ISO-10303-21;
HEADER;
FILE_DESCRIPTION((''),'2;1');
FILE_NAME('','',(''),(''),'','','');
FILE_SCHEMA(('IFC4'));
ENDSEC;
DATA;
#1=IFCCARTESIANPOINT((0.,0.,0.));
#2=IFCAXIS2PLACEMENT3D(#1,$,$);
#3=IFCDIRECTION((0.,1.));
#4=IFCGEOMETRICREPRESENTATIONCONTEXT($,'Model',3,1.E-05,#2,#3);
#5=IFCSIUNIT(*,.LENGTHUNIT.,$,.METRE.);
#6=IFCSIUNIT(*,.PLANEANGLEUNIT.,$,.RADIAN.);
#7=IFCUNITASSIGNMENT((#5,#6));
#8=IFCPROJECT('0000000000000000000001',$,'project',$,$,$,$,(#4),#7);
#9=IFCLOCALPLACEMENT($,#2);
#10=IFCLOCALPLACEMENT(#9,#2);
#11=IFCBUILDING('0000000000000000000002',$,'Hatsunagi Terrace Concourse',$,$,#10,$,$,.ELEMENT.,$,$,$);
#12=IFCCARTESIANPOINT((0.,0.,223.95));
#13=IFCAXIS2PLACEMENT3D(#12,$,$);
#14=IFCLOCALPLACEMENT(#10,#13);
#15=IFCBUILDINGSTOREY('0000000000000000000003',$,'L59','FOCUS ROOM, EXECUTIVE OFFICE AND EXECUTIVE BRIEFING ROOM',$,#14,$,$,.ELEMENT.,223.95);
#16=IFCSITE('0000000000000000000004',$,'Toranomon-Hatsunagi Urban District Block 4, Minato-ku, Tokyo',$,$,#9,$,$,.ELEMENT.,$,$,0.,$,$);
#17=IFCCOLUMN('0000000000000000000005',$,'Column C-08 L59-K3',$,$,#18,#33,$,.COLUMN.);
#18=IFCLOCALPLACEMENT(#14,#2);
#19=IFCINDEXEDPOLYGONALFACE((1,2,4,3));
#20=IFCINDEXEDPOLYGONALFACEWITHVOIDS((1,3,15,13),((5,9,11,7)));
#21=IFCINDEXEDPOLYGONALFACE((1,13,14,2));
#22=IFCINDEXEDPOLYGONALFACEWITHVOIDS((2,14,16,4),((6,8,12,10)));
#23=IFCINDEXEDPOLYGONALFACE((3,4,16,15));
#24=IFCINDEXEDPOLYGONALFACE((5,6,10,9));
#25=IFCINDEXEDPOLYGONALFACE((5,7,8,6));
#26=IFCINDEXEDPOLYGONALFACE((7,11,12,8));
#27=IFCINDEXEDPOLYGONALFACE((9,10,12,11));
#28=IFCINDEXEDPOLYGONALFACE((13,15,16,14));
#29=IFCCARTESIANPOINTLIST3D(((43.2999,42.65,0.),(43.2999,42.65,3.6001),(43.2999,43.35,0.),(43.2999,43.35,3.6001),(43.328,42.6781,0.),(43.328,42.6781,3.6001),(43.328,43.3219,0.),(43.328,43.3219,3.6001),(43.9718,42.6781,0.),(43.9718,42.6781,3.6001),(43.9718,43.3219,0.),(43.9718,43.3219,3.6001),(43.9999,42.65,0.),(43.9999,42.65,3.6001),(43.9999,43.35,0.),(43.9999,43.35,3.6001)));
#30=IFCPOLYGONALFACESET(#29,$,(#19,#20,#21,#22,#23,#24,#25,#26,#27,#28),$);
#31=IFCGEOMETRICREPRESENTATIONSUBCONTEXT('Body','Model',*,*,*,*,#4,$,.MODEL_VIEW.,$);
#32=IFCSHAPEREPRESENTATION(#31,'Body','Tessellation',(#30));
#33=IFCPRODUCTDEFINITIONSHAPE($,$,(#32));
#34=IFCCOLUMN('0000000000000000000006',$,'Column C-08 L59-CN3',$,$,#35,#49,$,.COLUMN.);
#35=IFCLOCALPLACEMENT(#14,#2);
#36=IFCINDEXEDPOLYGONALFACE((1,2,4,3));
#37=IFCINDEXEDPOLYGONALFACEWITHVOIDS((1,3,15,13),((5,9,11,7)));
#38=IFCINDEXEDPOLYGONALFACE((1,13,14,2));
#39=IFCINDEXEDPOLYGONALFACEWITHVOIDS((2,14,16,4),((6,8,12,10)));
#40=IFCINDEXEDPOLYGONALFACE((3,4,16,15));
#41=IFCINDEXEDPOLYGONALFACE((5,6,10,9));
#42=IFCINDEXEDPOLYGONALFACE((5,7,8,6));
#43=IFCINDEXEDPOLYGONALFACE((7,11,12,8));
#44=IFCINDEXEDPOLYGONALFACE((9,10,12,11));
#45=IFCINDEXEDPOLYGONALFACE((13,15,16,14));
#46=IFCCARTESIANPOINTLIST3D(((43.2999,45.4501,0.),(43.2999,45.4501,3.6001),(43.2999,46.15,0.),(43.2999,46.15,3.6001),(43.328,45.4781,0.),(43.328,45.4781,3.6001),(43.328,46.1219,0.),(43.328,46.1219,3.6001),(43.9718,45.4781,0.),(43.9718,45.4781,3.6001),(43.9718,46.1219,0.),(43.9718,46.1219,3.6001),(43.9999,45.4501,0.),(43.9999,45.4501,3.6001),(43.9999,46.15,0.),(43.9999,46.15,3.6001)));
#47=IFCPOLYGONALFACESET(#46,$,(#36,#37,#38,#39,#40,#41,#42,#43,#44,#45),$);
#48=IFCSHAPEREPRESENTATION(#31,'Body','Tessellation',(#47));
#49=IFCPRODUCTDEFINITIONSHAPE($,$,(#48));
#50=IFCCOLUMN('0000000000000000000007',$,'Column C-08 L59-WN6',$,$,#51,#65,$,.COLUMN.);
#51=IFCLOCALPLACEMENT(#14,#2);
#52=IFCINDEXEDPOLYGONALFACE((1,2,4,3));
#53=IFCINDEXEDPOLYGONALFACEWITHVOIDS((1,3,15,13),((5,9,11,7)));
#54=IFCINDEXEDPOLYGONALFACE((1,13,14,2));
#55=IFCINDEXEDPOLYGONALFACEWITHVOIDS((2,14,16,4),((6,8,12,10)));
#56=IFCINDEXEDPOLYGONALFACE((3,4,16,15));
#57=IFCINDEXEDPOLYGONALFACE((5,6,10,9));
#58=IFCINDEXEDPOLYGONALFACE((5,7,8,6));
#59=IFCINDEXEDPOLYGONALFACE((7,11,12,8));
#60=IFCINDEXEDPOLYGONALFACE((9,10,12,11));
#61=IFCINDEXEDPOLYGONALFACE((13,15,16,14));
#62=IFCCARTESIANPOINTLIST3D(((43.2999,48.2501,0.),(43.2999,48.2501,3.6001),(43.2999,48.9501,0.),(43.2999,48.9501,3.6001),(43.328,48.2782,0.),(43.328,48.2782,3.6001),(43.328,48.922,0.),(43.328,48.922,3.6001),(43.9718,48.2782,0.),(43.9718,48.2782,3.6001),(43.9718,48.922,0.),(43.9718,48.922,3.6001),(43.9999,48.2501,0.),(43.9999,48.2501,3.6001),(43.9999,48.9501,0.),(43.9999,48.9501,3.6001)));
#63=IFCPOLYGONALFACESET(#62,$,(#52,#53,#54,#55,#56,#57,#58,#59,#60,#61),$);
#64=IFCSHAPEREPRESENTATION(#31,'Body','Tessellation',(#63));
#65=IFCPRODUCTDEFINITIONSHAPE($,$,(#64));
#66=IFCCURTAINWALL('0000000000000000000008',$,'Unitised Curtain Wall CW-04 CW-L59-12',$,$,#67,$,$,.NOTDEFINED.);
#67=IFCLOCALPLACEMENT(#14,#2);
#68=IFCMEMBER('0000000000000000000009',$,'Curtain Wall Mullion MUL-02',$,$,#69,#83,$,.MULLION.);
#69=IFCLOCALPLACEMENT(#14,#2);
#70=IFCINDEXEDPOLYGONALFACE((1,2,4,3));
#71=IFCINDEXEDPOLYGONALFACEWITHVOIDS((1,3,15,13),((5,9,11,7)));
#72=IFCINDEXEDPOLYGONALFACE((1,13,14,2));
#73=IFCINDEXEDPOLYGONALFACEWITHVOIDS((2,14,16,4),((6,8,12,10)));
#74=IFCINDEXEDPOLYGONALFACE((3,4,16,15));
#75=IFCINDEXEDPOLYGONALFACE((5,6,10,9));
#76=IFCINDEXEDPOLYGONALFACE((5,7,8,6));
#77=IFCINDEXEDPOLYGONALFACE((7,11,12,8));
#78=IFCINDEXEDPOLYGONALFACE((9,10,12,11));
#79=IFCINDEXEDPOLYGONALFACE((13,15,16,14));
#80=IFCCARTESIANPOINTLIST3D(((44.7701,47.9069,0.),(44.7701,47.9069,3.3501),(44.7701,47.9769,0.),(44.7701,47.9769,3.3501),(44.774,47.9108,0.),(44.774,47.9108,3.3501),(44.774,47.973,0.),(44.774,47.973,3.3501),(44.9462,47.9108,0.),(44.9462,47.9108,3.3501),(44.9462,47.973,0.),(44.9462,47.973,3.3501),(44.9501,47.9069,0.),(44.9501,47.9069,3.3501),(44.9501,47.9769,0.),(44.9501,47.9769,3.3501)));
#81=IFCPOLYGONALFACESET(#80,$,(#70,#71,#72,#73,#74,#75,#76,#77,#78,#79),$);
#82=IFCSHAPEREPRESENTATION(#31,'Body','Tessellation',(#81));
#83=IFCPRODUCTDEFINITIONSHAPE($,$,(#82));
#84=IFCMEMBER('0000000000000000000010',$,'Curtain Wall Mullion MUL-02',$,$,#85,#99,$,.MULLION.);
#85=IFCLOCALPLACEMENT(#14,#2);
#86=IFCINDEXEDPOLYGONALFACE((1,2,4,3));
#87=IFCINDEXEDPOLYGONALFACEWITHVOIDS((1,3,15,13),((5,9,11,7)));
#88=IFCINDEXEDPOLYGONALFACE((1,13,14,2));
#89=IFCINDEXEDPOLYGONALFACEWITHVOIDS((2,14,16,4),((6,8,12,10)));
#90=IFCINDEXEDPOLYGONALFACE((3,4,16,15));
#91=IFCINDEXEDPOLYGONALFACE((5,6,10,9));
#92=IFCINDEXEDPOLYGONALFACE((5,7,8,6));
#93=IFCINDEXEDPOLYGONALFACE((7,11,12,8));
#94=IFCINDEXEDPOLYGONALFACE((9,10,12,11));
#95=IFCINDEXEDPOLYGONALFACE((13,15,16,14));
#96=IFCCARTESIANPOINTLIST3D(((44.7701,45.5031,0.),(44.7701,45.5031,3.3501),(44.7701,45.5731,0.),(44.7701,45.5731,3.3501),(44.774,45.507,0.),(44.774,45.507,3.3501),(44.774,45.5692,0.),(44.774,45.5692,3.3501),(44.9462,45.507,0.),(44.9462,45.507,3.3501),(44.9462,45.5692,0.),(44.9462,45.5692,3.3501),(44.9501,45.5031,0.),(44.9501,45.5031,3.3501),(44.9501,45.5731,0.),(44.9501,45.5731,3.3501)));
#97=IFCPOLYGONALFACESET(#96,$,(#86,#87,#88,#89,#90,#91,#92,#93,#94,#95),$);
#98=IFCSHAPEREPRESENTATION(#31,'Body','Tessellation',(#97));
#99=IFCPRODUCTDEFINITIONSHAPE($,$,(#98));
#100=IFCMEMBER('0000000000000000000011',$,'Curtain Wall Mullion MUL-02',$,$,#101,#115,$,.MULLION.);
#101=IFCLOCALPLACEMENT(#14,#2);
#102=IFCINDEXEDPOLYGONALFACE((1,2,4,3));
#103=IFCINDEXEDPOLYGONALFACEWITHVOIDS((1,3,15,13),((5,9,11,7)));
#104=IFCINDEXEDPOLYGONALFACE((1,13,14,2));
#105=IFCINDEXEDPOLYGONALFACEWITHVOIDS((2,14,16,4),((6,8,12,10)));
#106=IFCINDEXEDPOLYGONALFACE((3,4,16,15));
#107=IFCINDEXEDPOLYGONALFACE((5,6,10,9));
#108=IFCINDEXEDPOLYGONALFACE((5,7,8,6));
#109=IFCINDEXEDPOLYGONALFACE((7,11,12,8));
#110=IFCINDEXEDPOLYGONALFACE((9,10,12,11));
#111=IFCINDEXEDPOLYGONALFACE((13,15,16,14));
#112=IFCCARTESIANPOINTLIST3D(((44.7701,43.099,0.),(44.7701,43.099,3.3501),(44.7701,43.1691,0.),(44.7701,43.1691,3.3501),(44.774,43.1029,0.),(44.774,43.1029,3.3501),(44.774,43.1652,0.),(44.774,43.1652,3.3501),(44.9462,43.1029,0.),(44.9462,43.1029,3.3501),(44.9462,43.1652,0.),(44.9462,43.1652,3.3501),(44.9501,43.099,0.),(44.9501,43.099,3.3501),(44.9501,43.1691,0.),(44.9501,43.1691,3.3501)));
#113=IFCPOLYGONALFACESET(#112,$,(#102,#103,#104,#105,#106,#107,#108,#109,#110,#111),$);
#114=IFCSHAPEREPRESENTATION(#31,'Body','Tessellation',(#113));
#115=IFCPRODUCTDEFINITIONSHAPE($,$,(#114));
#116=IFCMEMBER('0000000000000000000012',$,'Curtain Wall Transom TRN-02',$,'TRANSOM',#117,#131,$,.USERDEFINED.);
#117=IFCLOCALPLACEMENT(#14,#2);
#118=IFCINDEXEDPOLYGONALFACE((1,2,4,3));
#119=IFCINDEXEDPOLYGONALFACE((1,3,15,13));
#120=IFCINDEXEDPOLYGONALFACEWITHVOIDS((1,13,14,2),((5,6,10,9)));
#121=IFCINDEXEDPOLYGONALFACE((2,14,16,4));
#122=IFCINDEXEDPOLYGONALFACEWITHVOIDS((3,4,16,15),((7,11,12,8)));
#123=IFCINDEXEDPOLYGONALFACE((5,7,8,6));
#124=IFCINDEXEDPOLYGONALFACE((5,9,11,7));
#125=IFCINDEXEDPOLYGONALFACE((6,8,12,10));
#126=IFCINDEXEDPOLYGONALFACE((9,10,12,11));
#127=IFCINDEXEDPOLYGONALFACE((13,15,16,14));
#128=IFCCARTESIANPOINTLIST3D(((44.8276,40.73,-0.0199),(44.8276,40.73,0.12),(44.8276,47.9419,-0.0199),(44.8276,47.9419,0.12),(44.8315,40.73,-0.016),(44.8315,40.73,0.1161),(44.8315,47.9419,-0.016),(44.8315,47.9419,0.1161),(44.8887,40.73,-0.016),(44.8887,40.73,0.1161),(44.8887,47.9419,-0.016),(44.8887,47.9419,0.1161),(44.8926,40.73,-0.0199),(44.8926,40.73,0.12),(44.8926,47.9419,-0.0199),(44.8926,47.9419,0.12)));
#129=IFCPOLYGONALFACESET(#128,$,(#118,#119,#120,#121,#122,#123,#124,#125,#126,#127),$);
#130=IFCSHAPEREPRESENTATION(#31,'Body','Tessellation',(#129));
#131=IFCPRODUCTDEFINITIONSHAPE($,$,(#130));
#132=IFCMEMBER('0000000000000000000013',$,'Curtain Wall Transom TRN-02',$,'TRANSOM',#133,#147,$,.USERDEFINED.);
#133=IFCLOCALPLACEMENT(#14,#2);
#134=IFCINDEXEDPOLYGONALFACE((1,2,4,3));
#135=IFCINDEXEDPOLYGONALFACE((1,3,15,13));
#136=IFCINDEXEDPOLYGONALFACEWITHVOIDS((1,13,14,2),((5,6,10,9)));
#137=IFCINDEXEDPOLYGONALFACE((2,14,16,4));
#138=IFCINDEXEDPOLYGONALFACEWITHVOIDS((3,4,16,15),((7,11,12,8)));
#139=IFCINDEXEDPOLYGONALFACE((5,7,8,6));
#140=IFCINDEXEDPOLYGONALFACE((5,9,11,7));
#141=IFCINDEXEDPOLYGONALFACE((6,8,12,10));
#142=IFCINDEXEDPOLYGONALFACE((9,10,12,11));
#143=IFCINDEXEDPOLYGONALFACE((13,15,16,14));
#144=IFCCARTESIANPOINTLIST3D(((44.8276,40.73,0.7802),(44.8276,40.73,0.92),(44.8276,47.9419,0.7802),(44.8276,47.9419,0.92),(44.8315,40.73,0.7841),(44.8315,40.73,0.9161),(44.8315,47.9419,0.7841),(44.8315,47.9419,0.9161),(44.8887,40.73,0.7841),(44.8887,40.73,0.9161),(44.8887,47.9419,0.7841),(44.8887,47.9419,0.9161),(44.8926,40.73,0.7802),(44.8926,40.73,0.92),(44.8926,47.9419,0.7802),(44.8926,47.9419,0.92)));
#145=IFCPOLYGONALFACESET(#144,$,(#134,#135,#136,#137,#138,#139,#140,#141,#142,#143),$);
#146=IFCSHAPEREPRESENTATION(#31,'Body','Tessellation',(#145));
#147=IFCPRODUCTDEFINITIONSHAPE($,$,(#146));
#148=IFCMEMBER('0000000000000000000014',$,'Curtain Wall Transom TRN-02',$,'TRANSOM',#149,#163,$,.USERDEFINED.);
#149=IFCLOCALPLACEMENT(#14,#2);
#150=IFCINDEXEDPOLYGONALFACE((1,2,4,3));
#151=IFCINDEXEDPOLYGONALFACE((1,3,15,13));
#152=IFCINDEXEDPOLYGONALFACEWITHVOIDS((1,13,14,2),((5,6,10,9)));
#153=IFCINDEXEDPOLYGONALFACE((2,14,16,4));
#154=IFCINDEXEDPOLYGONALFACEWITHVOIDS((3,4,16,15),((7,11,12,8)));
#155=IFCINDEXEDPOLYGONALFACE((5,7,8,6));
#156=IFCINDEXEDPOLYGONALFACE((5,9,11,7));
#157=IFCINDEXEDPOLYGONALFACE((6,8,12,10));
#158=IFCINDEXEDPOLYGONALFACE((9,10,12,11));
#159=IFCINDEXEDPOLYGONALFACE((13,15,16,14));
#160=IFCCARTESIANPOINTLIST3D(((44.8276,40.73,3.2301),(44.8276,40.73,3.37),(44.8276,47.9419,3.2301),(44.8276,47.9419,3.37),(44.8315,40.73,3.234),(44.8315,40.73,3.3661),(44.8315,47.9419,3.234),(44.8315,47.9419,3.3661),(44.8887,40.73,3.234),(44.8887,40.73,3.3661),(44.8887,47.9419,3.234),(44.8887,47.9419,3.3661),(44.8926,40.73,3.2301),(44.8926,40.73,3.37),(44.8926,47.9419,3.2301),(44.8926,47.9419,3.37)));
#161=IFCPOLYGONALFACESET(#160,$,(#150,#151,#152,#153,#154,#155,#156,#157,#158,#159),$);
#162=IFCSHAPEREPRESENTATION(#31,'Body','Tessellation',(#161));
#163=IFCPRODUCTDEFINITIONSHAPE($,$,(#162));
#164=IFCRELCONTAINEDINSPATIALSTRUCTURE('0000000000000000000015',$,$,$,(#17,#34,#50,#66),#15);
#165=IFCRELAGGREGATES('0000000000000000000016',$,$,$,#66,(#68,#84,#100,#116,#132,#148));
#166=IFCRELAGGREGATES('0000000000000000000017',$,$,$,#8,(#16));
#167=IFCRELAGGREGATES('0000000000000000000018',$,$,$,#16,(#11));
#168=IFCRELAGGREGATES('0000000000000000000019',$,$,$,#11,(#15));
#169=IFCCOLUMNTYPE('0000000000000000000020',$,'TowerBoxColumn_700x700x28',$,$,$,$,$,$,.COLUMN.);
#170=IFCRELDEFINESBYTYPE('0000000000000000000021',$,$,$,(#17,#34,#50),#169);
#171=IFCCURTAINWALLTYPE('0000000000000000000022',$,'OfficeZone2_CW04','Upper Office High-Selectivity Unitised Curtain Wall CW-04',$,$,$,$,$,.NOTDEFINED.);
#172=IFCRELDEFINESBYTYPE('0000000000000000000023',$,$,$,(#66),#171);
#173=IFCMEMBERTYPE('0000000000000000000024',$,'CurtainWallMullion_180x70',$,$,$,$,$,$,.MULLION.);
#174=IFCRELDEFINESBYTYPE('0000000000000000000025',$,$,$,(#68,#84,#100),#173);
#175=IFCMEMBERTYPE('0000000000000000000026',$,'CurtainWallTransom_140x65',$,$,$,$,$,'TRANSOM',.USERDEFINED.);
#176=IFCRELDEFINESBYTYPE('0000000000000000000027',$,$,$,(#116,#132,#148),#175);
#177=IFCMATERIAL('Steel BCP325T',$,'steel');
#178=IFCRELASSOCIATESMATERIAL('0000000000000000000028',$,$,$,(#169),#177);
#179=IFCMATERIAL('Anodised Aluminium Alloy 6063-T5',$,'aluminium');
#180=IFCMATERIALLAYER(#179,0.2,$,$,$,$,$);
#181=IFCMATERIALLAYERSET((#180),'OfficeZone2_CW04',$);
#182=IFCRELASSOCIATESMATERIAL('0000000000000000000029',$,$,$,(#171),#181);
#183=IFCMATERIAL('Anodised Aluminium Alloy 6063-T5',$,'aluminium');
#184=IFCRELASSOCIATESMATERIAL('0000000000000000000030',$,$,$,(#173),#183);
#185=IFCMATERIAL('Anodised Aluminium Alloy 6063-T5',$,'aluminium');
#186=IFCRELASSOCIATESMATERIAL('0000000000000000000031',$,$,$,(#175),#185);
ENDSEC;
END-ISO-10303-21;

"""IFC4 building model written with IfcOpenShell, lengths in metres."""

from ifc_helpers import new_model, si_unit, direction, frame, origin, origin_2d, place, context, subcontext, project, spatial, hollow_rectangle, extrude, material, layer, layer_set, material_profile, profile_set, type_object, element, aggregate, save


model = new_model("IFC4")

# Units and contexts
model_context = context("Model", 3, precision=1e-05, world=origin(), true_north=direction((0.0, 1.0)))
body_context = subcontext(model_context, "Body", "Model", "MODEL_VIEW")
ifc_project = project(units=[si_unit("LENGTHUNIT", "METRE"), si_unit("PLANEANGLEUNIT", "RADIAN")], contexts=[model_context])

# Site, building, storey
site_placement = place(None, origin())
site = spatial("IfcSite", under=ifc_project, at=site_placement, Name="Toranomon-Hatsunagi Urban District Block 4, Minato-ku, Tokyo", CompositionType="ELEMENT", RefElevation=0.0)
building_placement = place(site_placement, origin())
building = spatial("IfcBuilding", under=site, at=building_placement, Name="Hatsunagi Terrace Concourse", CompositionType="ELEMENT")
storey_placement = place(building_placement, frame((0.0, 0.0, 223.95)))
storey = spatial("IfcBuildingStorey", under=building, at=storey_placement, Name="L59", Description="FOCUS ROOM, EXECUTIVE OFFICE AND EXECUTIVE BRIEFING ROOM", CompositionType="ELEMENT", Elevation=223.95)

# Columns
ifc_material_1 = material(Name="Steel BCP325T", Category="steel")
ifc_material_profile_1 = material_profile(ifc_material_1, hollow_rectangle(XDim=0.7, YDim=0.7, WallThickness=0.0281, at=origin_2d()), Name="BCP-700x700x28")
ifc_profile_set_1 = profile_set([ifc_material_profile_1], Name="Steel BCP325T")
column_type = type_object("IfcColumnType", Name="TowerBoxColumn_700x700x28", PredefinedType="COLUMN", material=ifc_profile_set_1)
for number, where, z_axis, x_axis, name in (
    (1, (43.6499, 43.0, 0.0), (0.0, 0.0, 1.0), (1.0, 0.0, 0.0), "Column C-08 L59-K3"),
    (2, (43.6499, 45.8, 0.0), (0.0, 0.0, 1.0), (1.0, 0.0, 0.0), "Column C-08 L59-CN3"),
    (3, (43.6499, 48.6001, 0.0), (0.0, 0.0, 1.0), (1.0, 0.0, 0.0), "Column C-08 L59-WN6"),
):
    element("IfcColumn", number, at=place(storey_placement, frame(where, z_axis=z_axis, x_axis=x_axis)), inside=storey, type_object=column_type, Name=name, PredefinedType="COLUMN", context=body_context, shape_type="SweptSolid", body=[
        extrude(hollow_rectangle(XDim=0.7, YDim=0.7, WallThickness=0.0281, at=origin_2d()), origin(), (0.0, 0.0, 1.0), 3.6001),
    ])

# Curtain wall, members
ifc_material_2 = material(Name="Anodised Aluminium Alloy 6063-T5", Category="aluminium")
ifc_layer_1 = layer(ifc_material_2, 0.2)
ifc_layer_set_1 = layer_set([ifc_layer_1], Name="OfficeZone2_CW04")
curtain_wall_type = type_object("IfcCurtainWallType", Name="OfficeZone2_CW04", Description="Upper Office High-Selectivity Unitised Curtain Wall CW-04", PredefinedType="NOTDEFINED", material=ifc_layer_set_1)
curtain_wall_placement = place(storey_placement, origin())
curtain_wall = element("IfcCurtainWall", 4, at=curtain_wall_placement, inside=storey, type_object=curtain_wall_type, Name="Unitised Curtain Wall CW-04 CW-L59-12", PredefinedType="NOTDEFINED")
ifc_material_3 = material(Name="Anodised Aluminium Alloy 6063-T5", Category="aluminium")
ifc_material_profile_2 = material_profile(ifc_material_3, hollow_rectangle(XDim=0.0701, YDim=0.1799, WallThickness=0.0039, at=origin_2d()), Name="ALU-MUL-180x70x4")
ifc_profile_set_2 = profile_set([ifc_material_profile_2], Name="Anodised Aluminium Alloy 6063-T5")
member_type_1 = type_object("IfcMemberType", Name="CurtainWallMullion_180x70", PredefinedType="MULLION", material=ifc_profile_set_2)
member_1_placement = place(storey_placement, frame((44.8601, 47.9419, 0.0), z_axis=(0.0, 0.0, 1.0), x_axis=(0.0, -1.0, 0.0)))
member_1 = element("IfcMember", 5, at=member_1_placement, type_object=member_type_1, Name="Curtain Wall Mullion MUL-02", PredefinedType="MULLION", context=body_context, shape_type="SweptSolid", body=[
    extrude(hollow_rectangle(XDim=0.0701, YDim=0.1799, WallThickness=0.0039, at=origin_2d()), origin(), (0.0, 0.0, 1.0), 3.3501),
])
member_2_placement = place(storey_placement, frame((44.8601, 45.5381, 0.0), z_axis=(0.0, 0.0, 1.0), x_axis=(0.0, -1.0, 0.0)))
member_2 = element("IfcMember", 6, at=member_2_placement, type_object=member_type_1, Name="Curtain Wall Mullion MUL-02", PredefinedType="MULLION", context=body_context, shape_type="SweptSolid", body=[
    extrude(hollow_rectangle(XDim=0.0701, YDim=0.1799, WallThickness=0.0039, at=origin_2d()), origin(), (0.0, 0.0, 1.0), 3.3501),
])
member_3_placement = place(storey_placement, frame((44.8601, 43.134, 0.0), z_axis=(0.0, 0.0, 1.0), x_axis=(0.0, -1.0, 0.0)))
member_3 = element("IfcMember", 7, at=member_3_placement, type_object=member_type_1, Name="Curtain Wall Mullion MUL-02", PredefinedType="MULLION", context=body_context, shape_type="SweptSolid", body=[
    extrude(hollow_rectangle(XDim=0.0701, YDim=0.1799, WallThickness=0.0039, at=origin_2d()), origin(), (0.0, 0.0, 1.0), 3.3501),
])
ifc_material_4 = material(Name="Anodised Aluminium Alloy 6063-T5", Category="aluminium")
ifc_material_profile_3 = material_profile(ifc_material_4, hollow_rectangle(XDim=0.0649, YDim=0.1399, WallThickness=0.0039, at=origin_2d()), Name="ALU-TRN-140x65x4")
ifc_profile_set_3 = profile_set([ifc_material_profile_3], Name="Anodised Aluminium Alloy 6063-T5")
member_type_2 = type_object("IfcMemberType", Name="CurtainWallTransom_140x65", ElementType="TRANSOM", PredefinedType="USERDEFINED", material=ifc_profile_set_3)
member_4_placement = place(storey_placement, frame((44.8601, 47.9419, 0.05), z_axis=(0.0, -1.0, 0.0), x_axis=(1.0, 0.0, 0.0)))
member_4 = element("IfcMember", 8, at=member_4_placement, type_object=member_type_2, Name="Curtain Wall Transom TRN-02", ObjectType="TRANSOM", PredefinedType="USERDEFINED", context=body_context, shape_type="SweptSolid", body=[
    extrude(hollow_rectangle(XDim=0.0649, YDim=0.1399, WallThickness=0.0039, at=origin_2d()), origin(), (0.0, 0.0, 1.0), 7.2119),
])
member_5_placement = place(storey_placement, frame((44.8601, 47.9419, 0.8501), z_axis=(0.0, -1.0, 0.0), x_axis=(1.0, 0.0, 0.0)))
member_5 = element("IfcMember", 9, at=member_5_placement, type_object=member_type_2, Name="Curtain Wall Transom TRN-02", ObjectType="TRANSOM", PredefinedType="USERDEFINED", context=body_context, shape_type="SweptSolid", body=[
    extrude(hollow_rectangle(XDim=0.0649, YDim=0.1399, WallThickness=0.0039, at=origin_2d()), origin(), (0.0, 0.0, 1.0), 7.2119),
])
member_6_placement = place(storey_placement, frame((44.8601, 47.9419, 3.3), z_axis=(0.0, -1.0, 0.0), x_axis=(1.0, 0.0, 0.0)))
member_6 = element("IfcMember", 10, at=member_6_placement, type_object=member_type_2, Name="Curtain Wall Transom TRN-02", ObjectType="TRANSOM", PredefinedType="USERDEFINED", context=body_context, shape_type="SweptSolid", body=[
    extrude(hollow_rectangle(XDim=0.0649, YDim=0.1399, WallThickness=0.0039, at=origin_2d()), origin(), (0.0, 0.0, 1.0), 7.2119),
])

aggregate(curtain_wall, [member_1, member_2, member_3, member_4, member_5, member_6])

save(model, "model.ifc")
